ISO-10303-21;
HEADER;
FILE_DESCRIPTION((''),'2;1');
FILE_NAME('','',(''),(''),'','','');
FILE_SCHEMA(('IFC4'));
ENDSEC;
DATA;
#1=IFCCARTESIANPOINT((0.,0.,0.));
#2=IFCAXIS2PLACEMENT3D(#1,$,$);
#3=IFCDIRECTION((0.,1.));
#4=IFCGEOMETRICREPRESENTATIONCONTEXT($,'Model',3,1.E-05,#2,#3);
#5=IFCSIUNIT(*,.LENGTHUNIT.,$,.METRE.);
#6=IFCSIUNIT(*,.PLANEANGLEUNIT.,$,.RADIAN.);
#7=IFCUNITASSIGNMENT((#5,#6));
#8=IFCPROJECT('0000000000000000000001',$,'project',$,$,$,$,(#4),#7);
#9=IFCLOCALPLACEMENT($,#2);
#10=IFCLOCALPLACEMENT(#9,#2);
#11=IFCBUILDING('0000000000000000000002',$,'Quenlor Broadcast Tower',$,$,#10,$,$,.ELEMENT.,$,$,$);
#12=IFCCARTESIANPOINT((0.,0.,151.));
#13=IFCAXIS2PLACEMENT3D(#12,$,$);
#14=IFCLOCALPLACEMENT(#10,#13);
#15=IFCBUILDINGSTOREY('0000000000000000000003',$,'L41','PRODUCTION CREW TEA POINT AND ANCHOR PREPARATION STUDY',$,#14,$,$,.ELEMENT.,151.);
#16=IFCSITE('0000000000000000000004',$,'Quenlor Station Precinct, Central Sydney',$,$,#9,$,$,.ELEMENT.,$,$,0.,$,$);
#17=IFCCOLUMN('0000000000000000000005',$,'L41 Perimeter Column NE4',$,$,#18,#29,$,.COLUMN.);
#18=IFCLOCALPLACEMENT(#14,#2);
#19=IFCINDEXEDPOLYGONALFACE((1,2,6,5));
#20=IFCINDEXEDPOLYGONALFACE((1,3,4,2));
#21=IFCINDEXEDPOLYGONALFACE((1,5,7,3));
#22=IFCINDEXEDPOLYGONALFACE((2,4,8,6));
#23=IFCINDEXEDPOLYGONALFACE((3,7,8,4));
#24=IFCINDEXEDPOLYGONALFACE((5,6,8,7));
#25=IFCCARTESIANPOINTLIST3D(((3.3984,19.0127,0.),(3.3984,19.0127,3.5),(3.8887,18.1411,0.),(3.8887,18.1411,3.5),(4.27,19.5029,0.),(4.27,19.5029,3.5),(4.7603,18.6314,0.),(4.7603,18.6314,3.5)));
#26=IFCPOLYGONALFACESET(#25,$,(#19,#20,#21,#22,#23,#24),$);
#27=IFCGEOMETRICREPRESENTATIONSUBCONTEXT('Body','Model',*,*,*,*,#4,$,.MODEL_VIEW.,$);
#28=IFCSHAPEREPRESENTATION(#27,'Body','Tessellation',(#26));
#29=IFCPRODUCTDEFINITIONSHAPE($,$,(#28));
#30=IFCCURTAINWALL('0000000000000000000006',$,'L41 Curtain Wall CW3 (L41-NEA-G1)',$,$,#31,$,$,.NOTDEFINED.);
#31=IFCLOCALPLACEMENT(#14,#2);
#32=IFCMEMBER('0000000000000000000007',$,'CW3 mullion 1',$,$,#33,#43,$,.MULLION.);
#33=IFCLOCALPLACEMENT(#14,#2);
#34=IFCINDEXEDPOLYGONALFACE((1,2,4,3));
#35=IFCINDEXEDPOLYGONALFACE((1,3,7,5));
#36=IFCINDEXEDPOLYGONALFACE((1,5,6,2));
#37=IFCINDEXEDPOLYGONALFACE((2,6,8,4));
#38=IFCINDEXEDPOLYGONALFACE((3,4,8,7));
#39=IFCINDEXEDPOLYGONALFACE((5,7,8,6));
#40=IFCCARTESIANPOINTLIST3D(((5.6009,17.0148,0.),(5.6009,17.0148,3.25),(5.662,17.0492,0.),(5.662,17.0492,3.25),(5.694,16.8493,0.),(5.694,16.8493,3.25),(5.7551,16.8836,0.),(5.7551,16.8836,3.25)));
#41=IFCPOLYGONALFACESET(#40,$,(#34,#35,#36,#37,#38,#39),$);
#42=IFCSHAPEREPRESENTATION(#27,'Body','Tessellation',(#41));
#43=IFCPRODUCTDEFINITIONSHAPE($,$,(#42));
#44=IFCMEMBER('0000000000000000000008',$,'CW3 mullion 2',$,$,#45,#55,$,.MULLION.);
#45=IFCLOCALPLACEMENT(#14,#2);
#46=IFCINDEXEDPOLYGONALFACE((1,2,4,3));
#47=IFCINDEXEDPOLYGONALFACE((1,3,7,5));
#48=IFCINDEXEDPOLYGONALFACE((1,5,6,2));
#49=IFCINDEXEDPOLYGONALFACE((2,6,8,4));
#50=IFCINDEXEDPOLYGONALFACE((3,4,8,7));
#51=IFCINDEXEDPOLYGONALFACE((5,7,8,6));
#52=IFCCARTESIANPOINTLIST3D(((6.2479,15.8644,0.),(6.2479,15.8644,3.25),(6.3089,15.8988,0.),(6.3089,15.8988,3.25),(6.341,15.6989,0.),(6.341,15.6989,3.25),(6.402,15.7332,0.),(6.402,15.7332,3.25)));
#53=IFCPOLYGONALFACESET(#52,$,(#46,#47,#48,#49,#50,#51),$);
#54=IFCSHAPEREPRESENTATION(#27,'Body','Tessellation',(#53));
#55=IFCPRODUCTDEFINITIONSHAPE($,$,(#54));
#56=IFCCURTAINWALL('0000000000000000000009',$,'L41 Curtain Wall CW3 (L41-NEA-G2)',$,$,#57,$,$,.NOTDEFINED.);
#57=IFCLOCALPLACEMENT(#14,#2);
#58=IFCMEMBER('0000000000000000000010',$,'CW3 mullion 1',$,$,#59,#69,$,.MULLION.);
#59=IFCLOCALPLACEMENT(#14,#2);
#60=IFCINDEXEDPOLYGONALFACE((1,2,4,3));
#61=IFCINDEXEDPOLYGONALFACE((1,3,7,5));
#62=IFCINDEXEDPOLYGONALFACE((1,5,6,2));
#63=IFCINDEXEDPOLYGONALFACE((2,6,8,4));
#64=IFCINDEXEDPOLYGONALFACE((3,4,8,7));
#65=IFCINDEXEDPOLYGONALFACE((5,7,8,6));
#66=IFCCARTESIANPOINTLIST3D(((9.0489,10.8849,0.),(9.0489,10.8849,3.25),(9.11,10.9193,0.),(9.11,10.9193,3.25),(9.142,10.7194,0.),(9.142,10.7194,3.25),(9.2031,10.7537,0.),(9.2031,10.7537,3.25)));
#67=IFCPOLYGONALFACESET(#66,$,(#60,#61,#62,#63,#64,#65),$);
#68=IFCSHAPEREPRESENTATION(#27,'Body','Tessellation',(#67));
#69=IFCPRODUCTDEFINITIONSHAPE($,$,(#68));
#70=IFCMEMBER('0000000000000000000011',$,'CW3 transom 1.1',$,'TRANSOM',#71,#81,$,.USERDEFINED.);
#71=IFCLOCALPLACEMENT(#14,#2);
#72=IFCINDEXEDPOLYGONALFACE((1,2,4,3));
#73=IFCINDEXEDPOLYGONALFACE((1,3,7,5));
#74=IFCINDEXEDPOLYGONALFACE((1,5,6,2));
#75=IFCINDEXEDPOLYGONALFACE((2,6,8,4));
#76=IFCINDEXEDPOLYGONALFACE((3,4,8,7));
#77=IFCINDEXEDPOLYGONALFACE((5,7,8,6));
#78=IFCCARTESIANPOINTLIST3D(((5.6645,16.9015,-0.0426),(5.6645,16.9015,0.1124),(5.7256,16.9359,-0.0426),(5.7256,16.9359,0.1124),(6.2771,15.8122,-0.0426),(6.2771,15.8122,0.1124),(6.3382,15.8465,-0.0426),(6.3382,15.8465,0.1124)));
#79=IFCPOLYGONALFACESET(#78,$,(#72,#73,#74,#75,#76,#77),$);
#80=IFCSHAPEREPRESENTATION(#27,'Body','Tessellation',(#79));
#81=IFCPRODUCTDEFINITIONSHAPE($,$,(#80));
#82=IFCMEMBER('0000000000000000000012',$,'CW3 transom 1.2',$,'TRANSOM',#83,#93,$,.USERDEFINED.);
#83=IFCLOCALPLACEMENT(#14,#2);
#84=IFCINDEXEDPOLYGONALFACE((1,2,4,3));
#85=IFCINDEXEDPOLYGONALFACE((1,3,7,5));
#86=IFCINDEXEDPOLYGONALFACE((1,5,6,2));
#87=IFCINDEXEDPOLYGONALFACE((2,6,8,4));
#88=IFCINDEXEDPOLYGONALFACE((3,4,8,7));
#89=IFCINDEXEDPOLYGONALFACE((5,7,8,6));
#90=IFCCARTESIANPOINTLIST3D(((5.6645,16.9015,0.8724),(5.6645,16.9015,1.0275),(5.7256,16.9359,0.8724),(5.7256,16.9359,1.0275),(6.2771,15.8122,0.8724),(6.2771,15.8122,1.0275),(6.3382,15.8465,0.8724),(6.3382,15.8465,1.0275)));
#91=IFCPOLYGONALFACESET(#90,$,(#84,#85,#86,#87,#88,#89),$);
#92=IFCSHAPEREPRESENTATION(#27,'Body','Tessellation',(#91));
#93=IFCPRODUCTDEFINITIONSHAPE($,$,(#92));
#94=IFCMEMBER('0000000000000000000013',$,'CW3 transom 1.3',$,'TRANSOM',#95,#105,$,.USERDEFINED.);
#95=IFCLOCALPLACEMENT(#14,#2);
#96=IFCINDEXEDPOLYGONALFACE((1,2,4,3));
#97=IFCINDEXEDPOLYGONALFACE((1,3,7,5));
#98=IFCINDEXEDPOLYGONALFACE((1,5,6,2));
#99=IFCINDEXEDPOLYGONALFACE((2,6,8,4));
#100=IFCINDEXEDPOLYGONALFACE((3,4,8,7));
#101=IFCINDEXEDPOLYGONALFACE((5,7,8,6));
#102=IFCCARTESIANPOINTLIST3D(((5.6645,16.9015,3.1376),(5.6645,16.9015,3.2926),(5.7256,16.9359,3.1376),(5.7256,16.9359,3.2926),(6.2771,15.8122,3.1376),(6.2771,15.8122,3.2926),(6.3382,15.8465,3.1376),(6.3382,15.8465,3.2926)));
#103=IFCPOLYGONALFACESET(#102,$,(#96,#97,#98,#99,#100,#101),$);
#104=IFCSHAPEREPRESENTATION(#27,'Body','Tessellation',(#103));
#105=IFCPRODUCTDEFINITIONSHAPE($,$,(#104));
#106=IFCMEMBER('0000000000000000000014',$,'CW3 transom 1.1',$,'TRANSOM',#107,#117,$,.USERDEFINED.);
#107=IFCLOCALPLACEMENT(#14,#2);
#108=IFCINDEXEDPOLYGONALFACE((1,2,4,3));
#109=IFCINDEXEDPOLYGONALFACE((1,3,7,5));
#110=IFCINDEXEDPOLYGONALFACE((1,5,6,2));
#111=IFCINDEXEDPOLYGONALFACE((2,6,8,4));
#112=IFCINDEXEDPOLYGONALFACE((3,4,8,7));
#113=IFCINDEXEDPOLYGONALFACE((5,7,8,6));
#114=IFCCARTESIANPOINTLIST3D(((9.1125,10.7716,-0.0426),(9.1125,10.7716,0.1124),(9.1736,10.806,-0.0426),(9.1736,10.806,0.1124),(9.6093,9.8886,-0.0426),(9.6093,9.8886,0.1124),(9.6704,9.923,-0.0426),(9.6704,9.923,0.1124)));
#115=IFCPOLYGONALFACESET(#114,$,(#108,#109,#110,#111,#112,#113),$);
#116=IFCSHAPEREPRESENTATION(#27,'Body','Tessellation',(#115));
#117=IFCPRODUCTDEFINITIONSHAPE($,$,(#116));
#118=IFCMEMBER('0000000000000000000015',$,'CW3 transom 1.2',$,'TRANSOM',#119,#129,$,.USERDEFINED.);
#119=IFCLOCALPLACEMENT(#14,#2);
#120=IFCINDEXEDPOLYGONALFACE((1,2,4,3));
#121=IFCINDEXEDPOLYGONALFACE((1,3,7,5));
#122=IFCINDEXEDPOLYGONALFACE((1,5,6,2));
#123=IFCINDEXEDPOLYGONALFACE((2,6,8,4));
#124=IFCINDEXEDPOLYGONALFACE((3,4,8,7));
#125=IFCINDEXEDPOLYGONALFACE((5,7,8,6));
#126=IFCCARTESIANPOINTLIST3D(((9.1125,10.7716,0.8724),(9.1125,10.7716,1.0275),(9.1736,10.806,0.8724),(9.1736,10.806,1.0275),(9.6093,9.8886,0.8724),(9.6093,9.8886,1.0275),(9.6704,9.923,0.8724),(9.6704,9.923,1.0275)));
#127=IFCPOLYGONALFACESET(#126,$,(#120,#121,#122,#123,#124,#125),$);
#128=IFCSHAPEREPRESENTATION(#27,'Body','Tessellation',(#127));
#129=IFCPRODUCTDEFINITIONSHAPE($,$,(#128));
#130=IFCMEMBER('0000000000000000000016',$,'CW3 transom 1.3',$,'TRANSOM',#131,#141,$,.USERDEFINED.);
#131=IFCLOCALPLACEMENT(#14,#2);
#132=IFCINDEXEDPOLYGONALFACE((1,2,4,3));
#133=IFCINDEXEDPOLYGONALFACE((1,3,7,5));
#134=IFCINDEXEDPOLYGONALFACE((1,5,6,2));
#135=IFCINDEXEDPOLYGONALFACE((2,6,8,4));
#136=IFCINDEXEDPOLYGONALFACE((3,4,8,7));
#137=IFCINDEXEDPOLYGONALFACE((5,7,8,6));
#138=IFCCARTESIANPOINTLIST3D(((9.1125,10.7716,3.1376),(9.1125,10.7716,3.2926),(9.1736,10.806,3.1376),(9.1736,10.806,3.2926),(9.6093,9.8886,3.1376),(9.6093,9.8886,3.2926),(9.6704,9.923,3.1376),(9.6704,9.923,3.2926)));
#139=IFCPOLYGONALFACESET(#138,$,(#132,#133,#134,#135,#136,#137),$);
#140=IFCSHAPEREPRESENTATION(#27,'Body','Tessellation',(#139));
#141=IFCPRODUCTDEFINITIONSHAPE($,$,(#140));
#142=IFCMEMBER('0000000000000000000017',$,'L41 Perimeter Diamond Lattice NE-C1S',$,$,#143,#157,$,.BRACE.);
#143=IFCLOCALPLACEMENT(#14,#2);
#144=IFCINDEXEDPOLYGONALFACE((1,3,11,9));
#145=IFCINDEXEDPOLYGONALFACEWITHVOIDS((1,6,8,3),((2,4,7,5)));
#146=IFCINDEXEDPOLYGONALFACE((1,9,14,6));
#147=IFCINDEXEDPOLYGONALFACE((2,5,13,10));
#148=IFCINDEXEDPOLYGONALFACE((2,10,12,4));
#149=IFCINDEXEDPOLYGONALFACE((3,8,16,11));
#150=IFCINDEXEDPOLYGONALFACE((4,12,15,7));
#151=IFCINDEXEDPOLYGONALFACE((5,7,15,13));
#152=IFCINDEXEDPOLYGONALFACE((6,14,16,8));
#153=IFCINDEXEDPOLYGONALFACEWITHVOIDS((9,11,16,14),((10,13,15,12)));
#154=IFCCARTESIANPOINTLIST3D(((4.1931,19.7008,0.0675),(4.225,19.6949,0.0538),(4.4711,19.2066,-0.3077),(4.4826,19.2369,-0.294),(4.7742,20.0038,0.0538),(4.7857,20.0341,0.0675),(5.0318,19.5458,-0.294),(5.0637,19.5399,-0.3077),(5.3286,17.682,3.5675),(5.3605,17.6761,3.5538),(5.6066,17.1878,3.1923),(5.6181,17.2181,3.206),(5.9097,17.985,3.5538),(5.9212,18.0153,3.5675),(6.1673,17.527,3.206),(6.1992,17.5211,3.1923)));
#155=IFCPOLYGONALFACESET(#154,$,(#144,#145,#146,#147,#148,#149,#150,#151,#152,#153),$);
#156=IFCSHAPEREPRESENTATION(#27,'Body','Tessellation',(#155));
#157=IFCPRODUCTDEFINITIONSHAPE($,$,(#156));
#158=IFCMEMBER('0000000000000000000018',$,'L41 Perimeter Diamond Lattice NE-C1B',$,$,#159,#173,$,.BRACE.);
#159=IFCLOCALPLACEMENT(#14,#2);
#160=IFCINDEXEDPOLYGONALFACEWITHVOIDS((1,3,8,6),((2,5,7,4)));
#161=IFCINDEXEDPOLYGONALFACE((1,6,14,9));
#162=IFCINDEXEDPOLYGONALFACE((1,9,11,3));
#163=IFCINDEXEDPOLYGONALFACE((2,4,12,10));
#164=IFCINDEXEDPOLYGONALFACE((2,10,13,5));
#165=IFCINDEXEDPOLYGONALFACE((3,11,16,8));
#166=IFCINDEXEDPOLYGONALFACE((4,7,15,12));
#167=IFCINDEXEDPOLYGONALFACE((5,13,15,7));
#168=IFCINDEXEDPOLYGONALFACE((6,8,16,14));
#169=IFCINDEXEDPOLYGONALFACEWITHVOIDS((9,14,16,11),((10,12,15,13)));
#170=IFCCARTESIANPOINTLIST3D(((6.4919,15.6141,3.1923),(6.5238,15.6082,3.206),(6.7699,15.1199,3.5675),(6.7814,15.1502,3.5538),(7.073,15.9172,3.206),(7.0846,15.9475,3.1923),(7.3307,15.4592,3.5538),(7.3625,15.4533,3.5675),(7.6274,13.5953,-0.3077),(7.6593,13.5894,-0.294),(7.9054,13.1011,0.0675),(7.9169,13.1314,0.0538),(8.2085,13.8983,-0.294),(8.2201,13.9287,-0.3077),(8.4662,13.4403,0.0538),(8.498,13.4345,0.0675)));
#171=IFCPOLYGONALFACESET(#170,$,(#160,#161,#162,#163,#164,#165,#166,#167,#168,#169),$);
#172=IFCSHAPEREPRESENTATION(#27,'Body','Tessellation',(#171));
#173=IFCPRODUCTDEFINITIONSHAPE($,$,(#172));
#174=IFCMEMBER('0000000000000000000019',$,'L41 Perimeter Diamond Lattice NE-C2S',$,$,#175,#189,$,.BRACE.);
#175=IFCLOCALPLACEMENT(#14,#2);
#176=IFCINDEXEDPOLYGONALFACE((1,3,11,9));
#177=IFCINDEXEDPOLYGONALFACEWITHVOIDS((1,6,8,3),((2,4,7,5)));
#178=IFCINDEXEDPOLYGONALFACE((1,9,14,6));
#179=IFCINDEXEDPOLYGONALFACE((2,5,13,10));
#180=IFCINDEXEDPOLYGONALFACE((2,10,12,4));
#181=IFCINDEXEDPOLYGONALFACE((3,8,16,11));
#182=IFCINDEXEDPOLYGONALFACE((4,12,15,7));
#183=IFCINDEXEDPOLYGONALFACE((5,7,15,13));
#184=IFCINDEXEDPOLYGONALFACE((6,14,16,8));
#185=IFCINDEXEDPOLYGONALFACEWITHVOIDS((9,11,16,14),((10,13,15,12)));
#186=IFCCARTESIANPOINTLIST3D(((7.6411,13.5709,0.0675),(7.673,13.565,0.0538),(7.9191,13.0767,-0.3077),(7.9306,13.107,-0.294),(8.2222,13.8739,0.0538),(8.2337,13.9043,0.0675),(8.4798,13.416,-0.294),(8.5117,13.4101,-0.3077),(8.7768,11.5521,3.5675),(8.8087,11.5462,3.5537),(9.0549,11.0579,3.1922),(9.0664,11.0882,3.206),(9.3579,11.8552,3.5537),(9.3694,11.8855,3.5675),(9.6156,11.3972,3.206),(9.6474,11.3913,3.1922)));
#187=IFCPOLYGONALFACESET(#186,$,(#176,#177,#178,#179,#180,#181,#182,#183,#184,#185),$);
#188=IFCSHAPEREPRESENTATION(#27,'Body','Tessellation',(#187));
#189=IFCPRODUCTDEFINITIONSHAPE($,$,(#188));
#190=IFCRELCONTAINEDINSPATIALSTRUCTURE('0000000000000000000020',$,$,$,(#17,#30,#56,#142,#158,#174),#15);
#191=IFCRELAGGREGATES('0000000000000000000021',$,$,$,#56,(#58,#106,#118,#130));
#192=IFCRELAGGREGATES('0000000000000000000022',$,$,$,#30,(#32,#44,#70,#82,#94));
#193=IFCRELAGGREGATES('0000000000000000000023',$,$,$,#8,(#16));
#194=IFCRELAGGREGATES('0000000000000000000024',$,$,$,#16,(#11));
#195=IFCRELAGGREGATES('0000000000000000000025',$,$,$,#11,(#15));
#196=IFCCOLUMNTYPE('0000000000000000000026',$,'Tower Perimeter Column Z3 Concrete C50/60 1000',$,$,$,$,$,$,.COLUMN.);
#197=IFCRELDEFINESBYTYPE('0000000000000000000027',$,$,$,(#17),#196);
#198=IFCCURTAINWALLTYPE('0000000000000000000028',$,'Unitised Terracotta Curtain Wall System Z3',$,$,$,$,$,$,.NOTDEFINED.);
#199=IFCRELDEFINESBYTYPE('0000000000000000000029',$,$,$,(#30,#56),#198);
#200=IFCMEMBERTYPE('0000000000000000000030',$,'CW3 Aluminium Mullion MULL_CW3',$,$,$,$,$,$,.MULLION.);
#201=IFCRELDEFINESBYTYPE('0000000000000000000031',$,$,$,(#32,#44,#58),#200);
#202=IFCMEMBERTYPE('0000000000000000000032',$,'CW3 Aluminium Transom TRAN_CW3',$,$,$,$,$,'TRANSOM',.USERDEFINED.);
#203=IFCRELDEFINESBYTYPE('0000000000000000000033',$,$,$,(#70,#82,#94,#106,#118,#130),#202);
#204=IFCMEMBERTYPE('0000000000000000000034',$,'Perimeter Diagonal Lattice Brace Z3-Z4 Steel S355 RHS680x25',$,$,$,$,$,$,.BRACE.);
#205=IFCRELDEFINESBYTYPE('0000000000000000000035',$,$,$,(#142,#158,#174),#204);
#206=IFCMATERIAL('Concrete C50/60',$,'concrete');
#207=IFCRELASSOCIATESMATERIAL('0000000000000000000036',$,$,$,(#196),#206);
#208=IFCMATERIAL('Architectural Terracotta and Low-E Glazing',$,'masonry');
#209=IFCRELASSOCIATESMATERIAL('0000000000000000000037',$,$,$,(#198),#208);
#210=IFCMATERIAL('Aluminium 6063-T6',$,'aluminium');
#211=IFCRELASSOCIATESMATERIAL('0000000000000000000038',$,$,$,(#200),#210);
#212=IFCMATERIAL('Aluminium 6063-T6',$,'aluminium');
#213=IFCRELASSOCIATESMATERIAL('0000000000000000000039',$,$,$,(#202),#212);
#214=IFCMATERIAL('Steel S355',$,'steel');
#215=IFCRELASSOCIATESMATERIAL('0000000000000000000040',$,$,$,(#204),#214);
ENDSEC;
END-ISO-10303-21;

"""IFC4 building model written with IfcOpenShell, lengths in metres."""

from ifc_helpers import new_model, si_unit, direction, frame, origin, origin_2d, place, context, subcontext, project, spatial, rectangle, hollow_rectangle, extrude, material, material_profile, profile_set, type_object, element, aggregate, save


model = new_model("IFC4")

# Units and contexts
model_context = context("Model", 3, precision=1e-05, world=origin(), true_north=direction((0.0, 1.0)))
body_context = subcontext(model_context, "Body", "Model", "MODEL_VIEW")
ifc_project = project(units=[si_unit("LENGTHUNIT", "METRE"), si_unit("PLANEANGLEUNIT", "RADIAN")], contexts=[model_context])

# Site, building, storey
site_placement = place(None, origin())
site = spatial("IfcSite", under=ifc_project, at=site_placement, Name="Quenlor Station Precinct, Central Sydney", CompositionType="ELEMENT", RefElevation=0.0)
building_placement = place(site_placement, origin())
building = spatial("IfcBuilding", under=site, at=building_placement, Name="Quenlor Broadcast Tower", CompositionType="ELEMENT")
storey_placement = place(building_placement, frame((0.0, 0.0, 151.0)))
storey = spatial("IfcBuildingStorey", under=building, at=storey_placement, Name="L41", Description="PRODUCTION CREW TEA POINT AND ANCHOR PREPARATION STUDY", CompositionType="ELEMENT", Elevation=151.0)

# Column
ifc_material_1 = material(Name="Concrete C50/60", Category="concrete")
ifc_material_profile_1 = material_profile(ifc_material_1, rectangle(XDim=1.0, YDim=1.0, at=origin_2d()))
ifc_profile_set_1 = profile_set([ifc_material_profile_1], Name="Concrete C50/60 RC1000x1000")
column_type = type_object("IfcColumnType", Name="Tower Perimeter Column Z3 Concrete C50/60 1000", PredefinedType="COLUMN", material=ifc_profile_set_1)
column_placement = place(storey_placement, frame((4.0793, 18.822, 0.0), z_axis=(0.0, 0.0, 1.0), x_axis=(0.871575, 0.490262, 0.0)))
element("IfcColumn", 1, at=column_placement, inside=storey, type_object=column_type, Name="L41 Perimeter Column NE4", PredefinedType="COLUMN", context=body_context, shape_type="SweptSolid", body=[
    extrude(rectangle(XDim=1.0, YDim=1.0, at=origin_2d()), origin(), (0.0, 0.0, 1.0), 3.5),
])

# Curtain wall, members
ifc_material_2 = material(Name="Architectural Terracotta and Low-E Glazing", Category="masonry")
curtain_wall_type = type_object("IfcCurtainWallType", Name="Unitised Terracotta Curtain Wall System Z3", PredefinedType="NOTDEFINED", material=ifc_material_2)
curtain_wall_1_placement = place(storey_placement, origin())
curtain_wall_1 = element("IfcCurtainWall", 2, at=curtain_wall_1_placement, inside=storey, type_object=curtain_wall_type, Name="L41 Curtain Wall CW3 (L41-NEA-G1)", PredefinedType="NOTDEFINED")
ifc_material_3 = material(Name="Aluminium 6063-T6", Category="aluminium")
ifc_material_profile_2 = material_profile(ifc_material_3, rectangle(XDim=0.0701, YDim=0.1899, at=origin_2d()))
ifc_profile_set_2 = profile_set([ifc_material_profile_2], Name="Aluminium 6063-T6 MULL70x190")
member_type_1 = type_object("IfcMemberType", Name="CW3 Aluminium Mullion MULL_CW3", PredefinedType="MULLION", material=ifc_profile_set_2)
member_1_placement = place(storey_placement, frame((5.678, 16.9492, 0.0), z_axis=(0.0, 0.0, 1.0), x_axis=(0.871593, 0.49023, 0.0)))
member_1 = element("IfcMember", 3, at=member_1_placement, type_object=member_type_1, Name="CW3 mullion 1", PredefinedType="MULLION", context=body_context, shape_type="SweptSolid", body=[
    extrude(rectangle(XDim=0.0701, YDim=0.1899, at=origin_2d()), origin(), (0.0, 0.0, 1.0), 3.25),
])
member_2_placement = place(storey_placement, frame((6.325, 15.7988, 0.0), z_axis=(0.0, 0.0, 1.0), x_axis=(0.871593, 0.49023, 0.0)))
member_2 = element("IfcMember", 4, at=member_2_placement, type_object=member_type_1, Name="CW3 mullion 2", PredefinedType="MULLION", context=body_context, shape_type="SweptSolid", body=[
    extrude(rectangle(XDim=0.0701, YDim=0.1899, at=origin_2d()), origin(), (0.0, 0.0, 1.0), 3.25),
])

# Curtain wall, member
curtain_wall_2_placement = place(storey_placement, origin())
curtain_wall_2 = element("IfcCurtainWall", 5, at=curtain_wall_2_placement, inside=storey, type_object=curtain_wall_type, Name="L41 Curtain Wall CW3 (L41-NEA-G2)", PredefinedType="NOTDEFINED")
member_3_placement = place(storey_placement, frame((9.126, 10.8193, 0.0), z_axis=(0.0, 0.0, 1.0), x_axis=(0.871601, 0.490216, 0.0)))
member_3 = element("IfcMember", 6, at=member_3_placement, type_object=member_type_1, Name="CW3 mullion 1", PredefinedType="MULLION", context=body_context, shape_type="SweptSolid", body=[
    extrude(rectangle(XDim=0.0701, YDim=0.1899, at=origin_2d()), origin(), (0.0, 0.0, 1.0), 3.25),
])

# Members
ifc_material_4 = material(Name="Aluminium 6063-T6", Category="aluminium")
ifc_material_profile_3 = material_profile(ifc_material_4, rectangle(XDim=0.0701, YDim=0.155, at=origin_2d()))
ifc_profile_set_3 = profile_set([ifc_material_profile_3], Name="Aluminium 6063-T6 TRAN70x155")
member_type_2 = type_object("IfcMemberType", Name="CW3 Aluminium Transom TRAN_CW3", ElementType="TRANSOM", PredefinedType="USERDEFINED", material=ifc_profile_set_3)
member_4_placement = place(storey_placement, frame((5.6951, 16.9187, 0.0349), z_axis=(0.490131, -0.871649, 0.0), x_axis=(0.871649, 0.490131, 0.0)))
member_4 = element("IfcMember", 7, at=member_4_placement, type_object=member_type_2, Name="CW3 transom 1.1", ObjectType="TRANSOM", PredefinedType="USERDEFINED", context=body_context, shape_type="SweptSolid", body=[
    extrude(rectangle(XDim=0.0701, YDim=0.155, at=origin_2d()), origin(), (0.0, 0.0, 1.0), 1.2498),
])
member_5_placement = place(storey_placement, frame((5.6951, 16.9187, 0.95), z_axis=(0.490131, -0.871649, 0.0), x_axis=(0.871649, 0.490131, 0.0)))
member_5 = element("IfcMember", 8, at=member_5_placement, type_object=member_type_2, Name="CW3 transom 1.2", ObjectType="TRANSOM", PredefinedType="USERDEFINED", context=body_context, shape_type="SweptSolid", body=[
    extrude(rectangle(XDim=0.0701, YDim=0.155, at=origin_2d()), origin(), (0.0, 0.0, 1.0), 1.2498),
])
member_6_placement = place(storey_placement, frame((5.6951, 16.9187, 3.2151), z_axis=(0.490131, -0.871649, 0.0), x_axis=(0.871649, 0.490131, 0.0)))
member_6 = element("IfcMember", 9, at=member_6_placement, type_object=member_type_2, Name="CW3 transom 1.3", ObjectType="TRANSOM", PredefinedType="USERDEFINED", context=body_context, shape_type="SweptSolid", body=[
    extrude(rectangle(XDim=0.0701, YDim=0.155, at=origin_2d()), origin(), (0.0, 0.0, 1.0), 1.2498),
])
member_7_placement = place(storey_placement, frame((9.1431, 10.7888, 0.0349), z_axis=(0.490341, -0.87153, 0.0), x_axis=(0.87153, 0.490341, 0.0)))
member_7 = element("IfcMember", 10, at=member_7_placement, type_object=member_type_2, Name="CW3 transom 1.1", ObjectType="TRANSOM", PredefinedType="USERDEFINED", context=body_context, shape_type="SweptSolid", body=[
    extrude(rectangle(XDim=0.0701, YDim=0.155, at=origin_2d()), origin(), (0.0, 0.0, 1.0), 1.0132),
])
member_8_placement = place(storey_placement, frame((9.1431, 10.7888, 0.95), z_axis=(0.490341, -0.87153, 0.0), x_axis=(0.87153, 0.490341, 0.0)))
member_8 = element("IfcMember", 11, at=member_8_placement, type_object=member_type_2, Name="CW3 transom 1.2", ObjectType="TRANSOM", PredefinedType="USERDEFINED", context=body_context, shape_type="SweptSolid", body=[
    extrude(rectangle(XDim=0.0701, YDim=0.155, at=origin_2d()), origin(), (0.0, 0.0, 1.0), 1.0132),
])
member_9_placement = place(storey_placement, frame((9.1431, 10.7888, 3.2151), z_axis=(0.490341, -0.87153, 0.0), x_axis=(0.87153, 0.490341, 0.0)))
member_9 = element("IfcMember", 12, at=member_9_placement, type_object=member_type_2, Name="CW3 transom 1.3", ObjectType="TRANSOM", PredefinedType="USERDEFINED", context=body_context, shape_type="SweptSolid", body=[
    extrude(rectangle(XDim=0.0701, YDim=0.155, at=origin_2d()), origin(), (0.0, 0.0, 1.0), 1.0132),
])
aggregate(curtain_wall_2, [member_3, member_7, member_8, member_9])

# Members
ifc_material_5 = material(Name="Steel S355", Category="steel")
ifc_material_profile_4 = material_profile(ifc_material_5, hollow_rectangle(XDim=0.6799, YDim=0.6799, WallThickness=0.0249, at=origin_2d()))
ifc_profile_set_4 = profile_set([ifc_material_profile_4], Name="Steel S355 RHS680x680x25")
member_type_3 = type_object("IfcMemberType", Name="Perimeter Diagonal Lattice Brace Z3-Z4 Steel S355 RHS680x25", PredefinedType="BRACE", material=ifc_profile_set_4)
for number, where, z_axis, x_axis, name in (
    (13, (4.6284, 19.6204, -0.1201), (0.270549, -0.481009, 0.833927), (0.87159, 0.490236, 0.0), "L41 Perimeter Diamond Lattice NE-C1S"),
    (14, (8.0627, 13.5149, -0.1201), (-0.270549, 0.481009, 0.833927), (-0.87159, -0.490236, 0.0), "L41 Perimeter Diamond Lattice NE-C1B"),
    (15, (8.0764, 13.4905, -0.1201), (0.270603, -0.481001, 0.833914), (0.871545, 0.490316, 0.0), "L41 Perimeter Diamond Lattice NE-C2S"),
):
    element("IfcMember", number, at=place(storey_placement, frame(where, z_axis=z_axis, x_axis=x_axis)), inside=storey, type_object=member_type_3, Name=name, PredefinedType="BRACE", context=body_context, shape_type="SweptSolid", body=[
        extrude(hollow_rectangle(XDim=0.6799, YDim=0.6799, WallThickness=0.0249, at=origin_2d()), origin(), (0.0, 0.0, 1.0), 4.197),
    ])

aggregate(curtain_wall_1, [member_1, member_2, member_4, member_5, member_6])

save(model, "model.ifc")
